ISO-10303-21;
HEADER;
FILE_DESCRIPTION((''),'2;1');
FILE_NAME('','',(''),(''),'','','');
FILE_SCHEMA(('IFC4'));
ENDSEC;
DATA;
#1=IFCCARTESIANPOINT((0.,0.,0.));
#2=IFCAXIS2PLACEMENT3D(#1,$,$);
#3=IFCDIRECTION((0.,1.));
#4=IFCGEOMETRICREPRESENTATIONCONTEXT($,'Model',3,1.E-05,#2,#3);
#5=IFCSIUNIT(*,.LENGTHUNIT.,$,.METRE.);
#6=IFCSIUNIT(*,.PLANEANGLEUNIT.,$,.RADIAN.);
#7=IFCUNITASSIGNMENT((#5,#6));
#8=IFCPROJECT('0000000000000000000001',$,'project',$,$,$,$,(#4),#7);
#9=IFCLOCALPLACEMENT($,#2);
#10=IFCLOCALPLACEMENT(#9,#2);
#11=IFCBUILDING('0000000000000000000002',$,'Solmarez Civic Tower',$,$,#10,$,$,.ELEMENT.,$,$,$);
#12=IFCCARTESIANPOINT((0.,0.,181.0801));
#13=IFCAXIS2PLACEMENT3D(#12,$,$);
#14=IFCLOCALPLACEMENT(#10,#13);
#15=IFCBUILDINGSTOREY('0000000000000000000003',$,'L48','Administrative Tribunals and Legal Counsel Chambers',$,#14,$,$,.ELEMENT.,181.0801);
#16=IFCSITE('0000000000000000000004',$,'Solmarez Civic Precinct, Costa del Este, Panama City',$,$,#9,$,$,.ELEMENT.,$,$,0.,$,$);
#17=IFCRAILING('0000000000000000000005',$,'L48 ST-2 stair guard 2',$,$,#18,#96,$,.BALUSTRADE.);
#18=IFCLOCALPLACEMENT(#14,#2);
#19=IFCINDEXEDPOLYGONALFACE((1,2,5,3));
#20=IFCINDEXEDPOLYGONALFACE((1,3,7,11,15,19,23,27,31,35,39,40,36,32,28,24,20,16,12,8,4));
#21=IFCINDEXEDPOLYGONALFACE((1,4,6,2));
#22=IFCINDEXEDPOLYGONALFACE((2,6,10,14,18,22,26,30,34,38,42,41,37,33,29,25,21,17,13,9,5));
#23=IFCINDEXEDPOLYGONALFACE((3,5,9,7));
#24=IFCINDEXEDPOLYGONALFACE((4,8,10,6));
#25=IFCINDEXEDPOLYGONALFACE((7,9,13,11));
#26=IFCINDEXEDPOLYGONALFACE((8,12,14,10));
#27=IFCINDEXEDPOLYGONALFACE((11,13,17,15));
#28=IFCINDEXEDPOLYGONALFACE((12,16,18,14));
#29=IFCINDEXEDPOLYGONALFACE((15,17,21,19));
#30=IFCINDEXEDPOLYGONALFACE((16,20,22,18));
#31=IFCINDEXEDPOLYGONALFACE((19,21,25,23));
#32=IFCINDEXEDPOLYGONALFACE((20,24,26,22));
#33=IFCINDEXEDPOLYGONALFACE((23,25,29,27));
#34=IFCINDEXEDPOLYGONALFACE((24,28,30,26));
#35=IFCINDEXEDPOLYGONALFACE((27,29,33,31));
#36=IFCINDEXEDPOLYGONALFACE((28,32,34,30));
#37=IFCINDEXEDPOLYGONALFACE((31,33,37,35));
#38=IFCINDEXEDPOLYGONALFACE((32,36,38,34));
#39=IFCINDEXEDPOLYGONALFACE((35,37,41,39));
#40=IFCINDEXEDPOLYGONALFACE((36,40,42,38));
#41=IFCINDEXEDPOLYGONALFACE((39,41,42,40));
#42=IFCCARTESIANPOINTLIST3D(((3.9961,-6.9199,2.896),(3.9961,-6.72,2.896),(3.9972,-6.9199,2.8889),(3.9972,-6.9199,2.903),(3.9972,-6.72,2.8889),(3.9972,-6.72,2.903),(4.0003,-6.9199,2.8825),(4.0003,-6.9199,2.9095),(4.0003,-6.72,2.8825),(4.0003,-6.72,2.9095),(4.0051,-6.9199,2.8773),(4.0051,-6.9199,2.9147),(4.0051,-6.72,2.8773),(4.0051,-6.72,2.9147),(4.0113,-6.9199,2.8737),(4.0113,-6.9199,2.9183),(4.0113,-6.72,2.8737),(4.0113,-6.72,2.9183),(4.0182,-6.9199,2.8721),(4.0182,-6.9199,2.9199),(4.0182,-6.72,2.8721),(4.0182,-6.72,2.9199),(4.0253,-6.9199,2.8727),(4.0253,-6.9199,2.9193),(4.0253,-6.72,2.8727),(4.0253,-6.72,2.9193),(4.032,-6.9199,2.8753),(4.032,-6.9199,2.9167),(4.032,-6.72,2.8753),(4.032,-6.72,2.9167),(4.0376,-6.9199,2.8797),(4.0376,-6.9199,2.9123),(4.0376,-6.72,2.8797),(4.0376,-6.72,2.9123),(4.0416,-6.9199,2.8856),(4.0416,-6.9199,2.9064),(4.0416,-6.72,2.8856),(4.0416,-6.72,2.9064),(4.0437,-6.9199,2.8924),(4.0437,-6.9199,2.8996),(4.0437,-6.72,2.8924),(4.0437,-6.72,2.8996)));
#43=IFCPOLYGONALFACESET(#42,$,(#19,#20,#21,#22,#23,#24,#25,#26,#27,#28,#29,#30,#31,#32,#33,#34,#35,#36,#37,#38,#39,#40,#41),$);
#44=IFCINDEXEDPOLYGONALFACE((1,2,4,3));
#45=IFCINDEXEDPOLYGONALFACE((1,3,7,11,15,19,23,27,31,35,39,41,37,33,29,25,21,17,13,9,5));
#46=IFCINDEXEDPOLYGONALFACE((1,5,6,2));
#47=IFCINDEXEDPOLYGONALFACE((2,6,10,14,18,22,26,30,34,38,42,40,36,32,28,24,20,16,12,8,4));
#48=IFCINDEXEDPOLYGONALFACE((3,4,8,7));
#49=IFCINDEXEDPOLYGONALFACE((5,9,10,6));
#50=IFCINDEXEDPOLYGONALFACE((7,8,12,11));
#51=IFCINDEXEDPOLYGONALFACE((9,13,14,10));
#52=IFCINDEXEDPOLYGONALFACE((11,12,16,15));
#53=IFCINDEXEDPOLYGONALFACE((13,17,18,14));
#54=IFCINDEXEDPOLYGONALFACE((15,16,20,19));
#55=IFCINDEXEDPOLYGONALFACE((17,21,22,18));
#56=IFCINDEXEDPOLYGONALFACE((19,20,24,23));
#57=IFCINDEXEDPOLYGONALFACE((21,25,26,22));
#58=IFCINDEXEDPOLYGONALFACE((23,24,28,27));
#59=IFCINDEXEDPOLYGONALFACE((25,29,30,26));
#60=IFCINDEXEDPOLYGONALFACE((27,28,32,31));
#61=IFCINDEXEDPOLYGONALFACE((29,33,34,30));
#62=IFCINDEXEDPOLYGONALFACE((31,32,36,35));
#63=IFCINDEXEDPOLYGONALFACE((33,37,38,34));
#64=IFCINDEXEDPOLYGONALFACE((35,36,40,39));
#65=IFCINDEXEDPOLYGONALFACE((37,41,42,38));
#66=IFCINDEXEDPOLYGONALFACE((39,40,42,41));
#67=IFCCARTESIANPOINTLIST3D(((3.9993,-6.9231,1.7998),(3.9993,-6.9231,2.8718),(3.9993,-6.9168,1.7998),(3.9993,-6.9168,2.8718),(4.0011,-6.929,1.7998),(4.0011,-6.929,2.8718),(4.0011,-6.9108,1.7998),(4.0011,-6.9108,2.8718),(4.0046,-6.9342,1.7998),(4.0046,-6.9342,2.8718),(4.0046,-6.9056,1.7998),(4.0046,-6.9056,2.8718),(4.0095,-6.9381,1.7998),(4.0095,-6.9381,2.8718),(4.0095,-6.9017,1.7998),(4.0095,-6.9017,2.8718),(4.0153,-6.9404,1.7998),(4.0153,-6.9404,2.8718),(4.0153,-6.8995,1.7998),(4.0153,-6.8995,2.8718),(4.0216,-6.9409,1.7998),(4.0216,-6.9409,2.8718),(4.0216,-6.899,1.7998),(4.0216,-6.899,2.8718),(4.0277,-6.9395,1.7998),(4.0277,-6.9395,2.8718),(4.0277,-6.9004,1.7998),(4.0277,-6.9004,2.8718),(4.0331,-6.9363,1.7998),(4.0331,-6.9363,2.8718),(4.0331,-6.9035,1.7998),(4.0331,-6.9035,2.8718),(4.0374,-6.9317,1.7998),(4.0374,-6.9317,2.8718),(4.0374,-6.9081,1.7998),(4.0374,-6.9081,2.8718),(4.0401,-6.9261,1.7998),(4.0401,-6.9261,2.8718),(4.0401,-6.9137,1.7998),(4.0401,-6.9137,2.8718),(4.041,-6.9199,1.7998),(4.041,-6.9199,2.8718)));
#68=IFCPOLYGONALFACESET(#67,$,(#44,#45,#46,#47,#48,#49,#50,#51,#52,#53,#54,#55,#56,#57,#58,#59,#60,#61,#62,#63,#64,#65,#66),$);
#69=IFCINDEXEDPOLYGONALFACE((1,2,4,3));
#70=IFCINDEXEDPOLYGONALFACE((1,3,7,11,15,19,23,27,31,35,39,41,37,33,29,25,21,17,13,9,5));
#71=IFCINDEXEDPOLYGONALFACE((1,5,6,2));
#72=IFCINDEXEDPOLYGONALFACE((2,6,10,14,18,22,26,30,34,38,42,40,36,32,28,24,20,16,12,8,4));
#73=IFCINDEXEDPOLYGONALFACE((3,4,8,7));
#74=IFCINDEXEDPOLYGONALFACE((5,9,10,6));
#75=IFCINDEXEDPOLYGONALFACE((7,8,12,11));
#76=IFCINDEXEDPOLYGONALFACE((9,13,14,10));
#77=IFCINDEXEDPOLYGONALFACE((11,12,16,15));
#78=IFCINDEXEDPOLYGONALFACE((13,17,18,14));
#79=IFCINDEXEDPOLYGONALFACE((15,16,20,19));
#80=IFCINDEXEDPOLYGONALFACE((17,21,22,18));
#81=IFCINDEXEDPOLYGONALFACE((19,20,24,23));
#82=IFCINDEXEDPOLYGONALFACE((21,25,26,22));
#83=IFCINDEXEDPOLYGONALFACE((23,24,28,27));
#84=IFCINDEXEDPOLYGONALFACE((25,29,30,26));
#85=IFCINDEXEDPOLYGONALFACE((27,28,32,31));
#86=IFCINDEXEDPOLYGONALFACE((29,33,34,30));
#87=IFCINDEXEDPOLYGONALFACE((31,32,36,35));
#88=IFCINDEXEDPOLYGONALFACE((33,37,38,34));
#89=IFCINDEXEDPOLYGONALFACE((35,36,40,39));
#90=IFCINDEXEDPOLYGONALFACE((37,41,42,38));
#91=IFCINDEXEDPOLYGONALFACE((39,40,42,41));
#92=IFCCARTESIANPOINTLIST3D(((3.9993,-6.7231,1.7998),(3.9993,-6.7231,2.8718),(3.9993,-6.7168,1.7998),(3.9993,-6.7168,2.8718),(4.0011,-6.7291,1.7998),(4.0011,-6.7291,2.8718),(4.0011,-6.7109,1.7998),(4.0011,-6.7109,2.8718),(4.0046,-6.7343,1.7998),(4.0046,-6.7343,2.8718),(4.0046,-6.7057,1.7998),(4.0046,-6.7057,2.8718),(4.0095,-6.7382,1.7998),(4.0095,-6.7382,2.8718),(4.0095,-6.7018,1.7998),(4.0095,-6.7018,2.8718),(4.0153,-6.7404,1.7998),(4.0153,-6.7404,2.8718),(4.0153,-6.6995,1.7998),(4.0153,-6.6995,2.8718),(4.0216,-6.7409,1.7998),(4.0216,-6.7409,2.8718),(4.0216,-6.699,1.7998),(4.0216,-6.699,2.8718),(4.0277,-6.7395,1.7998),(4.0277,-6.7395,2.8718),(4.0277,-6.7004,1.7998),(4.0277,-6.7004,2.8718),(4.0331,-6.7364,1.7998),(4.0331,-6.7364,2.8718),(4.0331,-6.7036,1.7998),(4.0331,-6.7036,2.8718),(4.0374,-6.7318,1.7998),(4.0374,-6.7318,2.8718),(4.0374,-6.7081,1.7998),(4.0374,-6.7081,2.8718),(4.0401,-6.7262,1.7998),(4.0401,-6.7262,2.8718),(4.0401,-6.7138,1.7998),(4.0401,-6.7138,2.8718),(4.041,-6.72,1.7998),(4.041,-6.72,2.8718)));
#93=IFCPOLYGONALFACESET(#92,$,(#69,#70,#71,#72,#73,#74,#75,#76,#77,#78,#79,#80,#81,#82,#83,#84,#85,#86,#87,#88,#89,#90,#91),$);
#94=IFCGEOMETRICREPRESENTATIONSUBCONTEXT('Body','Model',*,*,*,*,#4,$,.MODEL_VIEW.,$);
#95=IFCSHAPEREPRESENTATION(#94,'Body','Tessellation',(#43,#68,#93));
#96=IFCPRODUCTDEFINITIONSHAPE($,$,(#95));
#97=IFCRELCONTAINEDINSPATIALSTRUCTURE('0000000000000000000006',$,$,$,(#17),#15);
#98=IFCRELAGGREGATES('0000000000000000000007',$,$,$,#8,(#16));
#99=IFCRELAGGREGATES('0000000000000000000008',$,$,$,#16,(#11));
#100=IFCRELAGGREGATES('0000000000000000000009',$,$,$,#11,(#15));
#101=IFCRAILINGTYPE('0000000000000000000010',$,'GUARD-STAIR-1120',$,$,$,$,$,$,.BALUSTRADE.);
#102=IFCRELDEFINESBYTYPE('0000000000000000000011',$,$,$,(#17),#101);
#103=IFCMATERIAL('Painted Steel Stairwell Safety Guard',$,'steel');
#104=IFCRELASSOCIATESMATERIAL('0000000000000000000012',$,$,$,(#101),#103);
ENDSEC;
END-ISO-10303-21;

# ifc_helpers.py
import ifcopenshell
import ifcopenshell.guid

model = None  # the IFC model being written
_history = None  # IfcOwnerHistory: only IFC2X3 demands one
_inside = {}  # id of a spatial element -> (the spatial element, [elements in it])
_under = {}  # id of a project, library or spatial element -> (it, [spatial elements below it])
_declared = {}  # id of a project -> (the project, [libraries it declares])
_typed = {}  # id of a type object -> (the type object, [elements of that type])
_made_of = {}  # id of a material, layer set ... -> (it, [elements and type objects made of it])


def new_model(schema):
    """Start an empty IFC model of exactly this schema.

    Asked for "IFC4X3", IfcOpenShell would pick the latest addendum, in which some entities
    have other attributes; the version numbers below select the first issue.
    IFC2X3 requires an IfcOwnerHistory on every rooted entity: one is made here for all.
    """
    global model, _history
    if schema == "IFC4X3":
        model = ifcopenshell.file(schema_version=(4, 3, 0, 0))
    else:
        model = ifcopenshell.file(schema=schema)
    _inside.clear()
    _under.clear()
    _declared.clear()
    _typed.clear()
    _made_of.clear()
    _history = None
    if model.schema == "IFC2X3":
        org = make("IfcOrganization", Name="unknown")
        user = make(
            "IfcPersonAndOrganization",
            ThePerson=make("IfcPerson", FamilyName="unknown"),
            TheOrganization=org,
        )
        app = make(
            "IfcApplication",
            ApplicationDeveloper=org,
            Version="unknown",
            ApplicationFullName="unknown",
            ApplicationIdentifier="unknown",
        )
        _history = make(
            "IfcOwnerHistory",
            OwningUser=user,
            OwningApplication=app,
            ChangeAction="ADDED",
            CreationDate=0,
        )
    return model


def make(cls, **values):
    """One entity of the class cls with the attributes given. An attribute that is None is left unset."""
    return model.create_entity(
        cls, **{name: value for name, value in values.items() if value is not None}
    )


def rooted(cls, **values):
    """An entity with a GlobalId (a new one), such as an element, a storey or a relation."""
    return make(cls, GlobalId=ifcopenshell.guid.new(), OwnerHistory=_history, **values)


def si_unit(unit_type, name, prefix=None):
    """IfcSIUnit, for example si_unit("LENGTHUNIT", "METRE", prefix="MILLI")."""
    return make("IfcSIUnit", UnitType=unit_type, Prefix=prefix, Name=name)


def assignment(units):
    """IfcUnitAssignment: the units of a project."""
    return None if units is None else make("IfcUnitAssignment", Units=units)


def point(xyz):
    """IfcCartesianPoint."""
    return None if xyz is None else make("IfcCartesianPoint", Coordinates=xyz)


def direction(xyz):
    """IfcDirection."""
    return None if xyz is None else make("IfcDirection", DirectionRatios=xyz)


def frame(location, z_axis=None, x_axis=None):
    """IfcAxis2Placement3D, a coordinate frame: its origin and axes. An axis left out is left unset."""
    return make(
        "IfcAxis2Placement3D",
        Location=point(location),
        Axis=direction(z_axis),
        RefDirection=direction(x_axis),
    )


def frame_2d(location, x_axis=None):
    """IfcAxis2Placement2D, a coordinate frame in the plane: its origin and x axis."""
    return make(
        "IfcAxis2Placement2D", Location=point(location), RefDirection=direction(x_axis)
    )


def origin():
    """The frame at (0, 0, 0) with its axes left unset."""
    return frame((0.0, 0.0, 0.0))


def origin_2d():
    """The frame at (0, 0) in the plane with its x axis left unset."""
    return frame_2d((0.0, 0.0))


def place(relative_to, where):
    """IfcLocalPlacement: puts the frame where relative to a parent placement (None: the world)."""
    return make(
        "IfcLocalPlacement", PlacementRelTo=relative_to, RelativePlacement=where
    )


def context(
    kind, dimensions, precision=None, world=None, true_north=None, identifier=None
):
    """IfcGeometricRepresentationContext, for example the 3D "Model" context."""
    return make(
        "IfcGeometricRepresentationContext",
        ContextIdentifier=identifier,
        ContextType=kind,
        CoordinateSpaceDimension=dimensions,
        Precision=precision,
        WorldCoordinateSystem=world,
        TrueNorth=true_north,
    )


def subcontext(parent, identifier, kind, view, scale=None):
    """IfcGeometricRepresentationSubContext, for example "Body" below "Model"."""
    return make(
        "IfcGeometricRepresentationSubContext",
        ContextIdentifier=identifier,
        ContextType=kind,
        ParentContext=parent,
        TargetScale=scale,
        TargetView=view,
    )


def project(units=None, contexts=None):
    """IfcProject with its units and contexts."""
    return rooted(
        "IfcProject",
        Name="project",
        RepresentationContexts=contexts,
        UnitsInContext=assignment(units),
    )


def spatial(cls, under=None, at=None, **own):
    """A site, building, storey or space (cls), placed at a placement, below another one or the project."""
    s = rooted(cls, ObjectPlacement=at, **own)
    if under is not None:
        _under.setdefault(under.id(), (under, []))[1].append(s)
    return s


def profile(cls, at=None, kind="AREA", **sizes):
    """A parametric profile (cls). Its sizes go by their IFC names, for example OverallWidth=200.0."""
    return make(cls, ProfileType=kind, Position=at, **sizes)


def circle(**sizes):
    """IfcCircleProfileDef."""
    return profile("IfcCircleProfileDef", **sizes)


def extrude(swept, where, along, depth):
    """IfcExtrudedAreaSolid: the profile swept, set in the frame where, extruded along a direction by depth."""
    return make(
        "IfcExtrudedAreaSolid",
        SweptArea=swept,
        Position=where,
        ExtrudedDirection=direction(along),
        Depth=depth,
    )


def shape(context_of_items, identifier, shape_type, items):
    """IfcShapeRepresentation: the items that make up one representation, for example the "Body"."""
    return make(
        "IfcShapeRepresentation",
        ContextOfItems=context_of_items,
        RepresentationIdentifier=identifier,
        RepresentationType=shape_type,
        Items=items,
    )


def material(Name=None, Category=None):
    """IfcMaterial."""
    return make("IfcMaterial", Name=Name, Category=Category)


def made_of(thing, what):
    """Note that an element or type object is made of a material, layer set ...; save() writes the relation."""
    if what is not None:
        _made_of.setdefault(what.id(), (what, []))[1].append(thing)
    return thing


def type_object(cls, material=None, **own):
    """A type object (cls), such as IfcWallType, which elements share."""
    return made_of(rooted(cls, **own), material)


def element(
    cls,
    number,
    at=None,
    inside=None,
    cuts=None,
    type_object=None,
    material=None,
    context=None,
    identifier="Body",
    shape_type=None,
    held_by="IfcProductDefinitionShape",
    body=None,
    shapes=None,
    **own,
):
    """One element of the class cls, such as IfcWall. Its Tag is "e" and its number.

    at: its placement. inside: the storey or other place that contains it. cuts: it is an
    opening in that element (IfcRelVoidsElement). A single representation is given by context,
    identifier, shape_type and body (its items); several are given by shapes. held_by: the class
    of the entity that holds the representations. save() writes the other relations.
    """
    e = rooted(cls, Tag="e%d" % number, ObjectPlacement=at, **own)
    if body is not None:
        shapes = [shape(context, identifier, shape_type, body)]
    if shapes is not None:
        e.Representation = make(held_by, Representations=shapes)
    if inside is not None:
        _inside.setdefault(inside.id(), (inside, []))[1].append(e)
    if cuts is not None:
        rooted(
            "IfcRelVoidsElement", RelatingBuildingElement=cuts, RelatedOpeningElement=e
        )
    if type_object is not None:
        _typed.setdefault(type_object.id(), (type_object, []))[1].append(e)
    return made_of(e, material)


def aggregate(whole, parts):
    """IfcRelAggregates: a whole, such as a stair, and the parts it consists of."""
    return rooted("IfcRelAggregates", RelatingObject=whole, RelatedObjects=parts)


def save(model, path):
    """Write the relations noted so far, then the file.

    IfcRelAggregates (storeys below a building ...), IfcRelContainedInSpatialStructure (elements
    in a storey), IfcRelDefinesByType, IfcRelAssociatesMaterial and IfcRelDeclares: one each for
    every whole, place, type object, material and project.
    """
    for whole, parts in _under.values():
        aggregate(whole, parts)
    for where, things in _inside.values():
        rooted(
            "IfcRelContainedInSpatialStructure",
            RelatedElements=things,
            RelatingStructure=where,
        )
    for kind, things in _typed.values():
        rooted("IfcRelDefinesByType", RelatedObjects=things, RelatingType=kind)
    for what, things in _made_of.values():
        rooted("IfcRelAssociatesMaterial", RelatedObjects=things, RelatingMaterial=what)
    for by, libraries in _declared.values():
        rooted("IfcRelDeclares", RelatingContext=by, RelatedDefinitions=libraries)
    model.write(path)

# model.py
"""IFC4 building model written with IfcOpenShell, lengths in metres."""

from ifc_helpers import new_model, si_unit, direction, frame, origin, origin_2d, place, context, subcontext, project, spatial, circle, extrude, material, type_object, element, save


model = new_model("IFC4")

# Units and contexts
model_context = context("Model", 3, precision=1e-05, world=origin(), true_north=direction((0.0, 1.0)))
body_context = subcontext(model_context, "Body", "Model", "MODEL_VIEW")
ifc_project = project(units=[si_unit("LENGTHUNIT", "METRE"), si_unit("PLANEANGLEUNIT", "RADIAN")], contexts=[model_context])

# Site, building, storey
site_placement = place(None, origin())
site = spatial("IfcSite", under=ifc_project, at=site_placement, Name="Solmarez Civic Precinct, Costa del Este, Panama City", CompositionType="ELEMENT", RefElevation=0.0)
building_placement = place(site_placement, origin())
building = spatial("IfcBuilding", under=site, at=building_placement, Name="Solmarez Civic Tower", CompositionType="ELEMENT")
storey_placement = place(building_placement, frame((0.0, 0.0, 181.0801)))
storey = spatial("IfcBuildingStorey", under=building, at=storey_placement, Name="L48", Description="Administrative Tribunals and Legal Counsel Chambers", CompositionType="ELEMENT", Elevation=181.0801)

# Railing
ifc_material_1 = material(Name="Painted Steel Stairwell Safety Guard", Category="steel")
railing_type_1 = type_object("IfcRailingType", Name="GUARD-STAIR-1120", PredefinedType="BALUSTRADE", material=ifc_material_1)
railing_1_placement = place(storey_placement, frame((4.02, -6.9199, 1.7998)))
element("IfcRailing", 1, at=railing_1_placement, inside=storey, type_object=railing_type_1, Name="L48 ST-2 stair guard 2", PredefinedType="BALUSTRADE", context=body_context, shape_type="SweptSolid", body=[
    extrude(circle(Radius=0.0239, at=origin_2d()), frame((0.0, 0.0, 1.0962), z_axis=(0.0, 1.0, 0.0), x_axis=(-1.0, 0.0, 0.0)), (0.0, 0.0, 1.0), 0.2),
    extrude(circle(Radius=0.021, at=origin_2d()), origin(), (0.0, 0.0, 1.0), 1.072),
    extrude(circle(Radius=0.021, at=origin_2d()), frame((0.0, 0.2, 0.0)), (0.0, 0.0, 1.0), 1.072),
])

save(model, "model.ifc")
